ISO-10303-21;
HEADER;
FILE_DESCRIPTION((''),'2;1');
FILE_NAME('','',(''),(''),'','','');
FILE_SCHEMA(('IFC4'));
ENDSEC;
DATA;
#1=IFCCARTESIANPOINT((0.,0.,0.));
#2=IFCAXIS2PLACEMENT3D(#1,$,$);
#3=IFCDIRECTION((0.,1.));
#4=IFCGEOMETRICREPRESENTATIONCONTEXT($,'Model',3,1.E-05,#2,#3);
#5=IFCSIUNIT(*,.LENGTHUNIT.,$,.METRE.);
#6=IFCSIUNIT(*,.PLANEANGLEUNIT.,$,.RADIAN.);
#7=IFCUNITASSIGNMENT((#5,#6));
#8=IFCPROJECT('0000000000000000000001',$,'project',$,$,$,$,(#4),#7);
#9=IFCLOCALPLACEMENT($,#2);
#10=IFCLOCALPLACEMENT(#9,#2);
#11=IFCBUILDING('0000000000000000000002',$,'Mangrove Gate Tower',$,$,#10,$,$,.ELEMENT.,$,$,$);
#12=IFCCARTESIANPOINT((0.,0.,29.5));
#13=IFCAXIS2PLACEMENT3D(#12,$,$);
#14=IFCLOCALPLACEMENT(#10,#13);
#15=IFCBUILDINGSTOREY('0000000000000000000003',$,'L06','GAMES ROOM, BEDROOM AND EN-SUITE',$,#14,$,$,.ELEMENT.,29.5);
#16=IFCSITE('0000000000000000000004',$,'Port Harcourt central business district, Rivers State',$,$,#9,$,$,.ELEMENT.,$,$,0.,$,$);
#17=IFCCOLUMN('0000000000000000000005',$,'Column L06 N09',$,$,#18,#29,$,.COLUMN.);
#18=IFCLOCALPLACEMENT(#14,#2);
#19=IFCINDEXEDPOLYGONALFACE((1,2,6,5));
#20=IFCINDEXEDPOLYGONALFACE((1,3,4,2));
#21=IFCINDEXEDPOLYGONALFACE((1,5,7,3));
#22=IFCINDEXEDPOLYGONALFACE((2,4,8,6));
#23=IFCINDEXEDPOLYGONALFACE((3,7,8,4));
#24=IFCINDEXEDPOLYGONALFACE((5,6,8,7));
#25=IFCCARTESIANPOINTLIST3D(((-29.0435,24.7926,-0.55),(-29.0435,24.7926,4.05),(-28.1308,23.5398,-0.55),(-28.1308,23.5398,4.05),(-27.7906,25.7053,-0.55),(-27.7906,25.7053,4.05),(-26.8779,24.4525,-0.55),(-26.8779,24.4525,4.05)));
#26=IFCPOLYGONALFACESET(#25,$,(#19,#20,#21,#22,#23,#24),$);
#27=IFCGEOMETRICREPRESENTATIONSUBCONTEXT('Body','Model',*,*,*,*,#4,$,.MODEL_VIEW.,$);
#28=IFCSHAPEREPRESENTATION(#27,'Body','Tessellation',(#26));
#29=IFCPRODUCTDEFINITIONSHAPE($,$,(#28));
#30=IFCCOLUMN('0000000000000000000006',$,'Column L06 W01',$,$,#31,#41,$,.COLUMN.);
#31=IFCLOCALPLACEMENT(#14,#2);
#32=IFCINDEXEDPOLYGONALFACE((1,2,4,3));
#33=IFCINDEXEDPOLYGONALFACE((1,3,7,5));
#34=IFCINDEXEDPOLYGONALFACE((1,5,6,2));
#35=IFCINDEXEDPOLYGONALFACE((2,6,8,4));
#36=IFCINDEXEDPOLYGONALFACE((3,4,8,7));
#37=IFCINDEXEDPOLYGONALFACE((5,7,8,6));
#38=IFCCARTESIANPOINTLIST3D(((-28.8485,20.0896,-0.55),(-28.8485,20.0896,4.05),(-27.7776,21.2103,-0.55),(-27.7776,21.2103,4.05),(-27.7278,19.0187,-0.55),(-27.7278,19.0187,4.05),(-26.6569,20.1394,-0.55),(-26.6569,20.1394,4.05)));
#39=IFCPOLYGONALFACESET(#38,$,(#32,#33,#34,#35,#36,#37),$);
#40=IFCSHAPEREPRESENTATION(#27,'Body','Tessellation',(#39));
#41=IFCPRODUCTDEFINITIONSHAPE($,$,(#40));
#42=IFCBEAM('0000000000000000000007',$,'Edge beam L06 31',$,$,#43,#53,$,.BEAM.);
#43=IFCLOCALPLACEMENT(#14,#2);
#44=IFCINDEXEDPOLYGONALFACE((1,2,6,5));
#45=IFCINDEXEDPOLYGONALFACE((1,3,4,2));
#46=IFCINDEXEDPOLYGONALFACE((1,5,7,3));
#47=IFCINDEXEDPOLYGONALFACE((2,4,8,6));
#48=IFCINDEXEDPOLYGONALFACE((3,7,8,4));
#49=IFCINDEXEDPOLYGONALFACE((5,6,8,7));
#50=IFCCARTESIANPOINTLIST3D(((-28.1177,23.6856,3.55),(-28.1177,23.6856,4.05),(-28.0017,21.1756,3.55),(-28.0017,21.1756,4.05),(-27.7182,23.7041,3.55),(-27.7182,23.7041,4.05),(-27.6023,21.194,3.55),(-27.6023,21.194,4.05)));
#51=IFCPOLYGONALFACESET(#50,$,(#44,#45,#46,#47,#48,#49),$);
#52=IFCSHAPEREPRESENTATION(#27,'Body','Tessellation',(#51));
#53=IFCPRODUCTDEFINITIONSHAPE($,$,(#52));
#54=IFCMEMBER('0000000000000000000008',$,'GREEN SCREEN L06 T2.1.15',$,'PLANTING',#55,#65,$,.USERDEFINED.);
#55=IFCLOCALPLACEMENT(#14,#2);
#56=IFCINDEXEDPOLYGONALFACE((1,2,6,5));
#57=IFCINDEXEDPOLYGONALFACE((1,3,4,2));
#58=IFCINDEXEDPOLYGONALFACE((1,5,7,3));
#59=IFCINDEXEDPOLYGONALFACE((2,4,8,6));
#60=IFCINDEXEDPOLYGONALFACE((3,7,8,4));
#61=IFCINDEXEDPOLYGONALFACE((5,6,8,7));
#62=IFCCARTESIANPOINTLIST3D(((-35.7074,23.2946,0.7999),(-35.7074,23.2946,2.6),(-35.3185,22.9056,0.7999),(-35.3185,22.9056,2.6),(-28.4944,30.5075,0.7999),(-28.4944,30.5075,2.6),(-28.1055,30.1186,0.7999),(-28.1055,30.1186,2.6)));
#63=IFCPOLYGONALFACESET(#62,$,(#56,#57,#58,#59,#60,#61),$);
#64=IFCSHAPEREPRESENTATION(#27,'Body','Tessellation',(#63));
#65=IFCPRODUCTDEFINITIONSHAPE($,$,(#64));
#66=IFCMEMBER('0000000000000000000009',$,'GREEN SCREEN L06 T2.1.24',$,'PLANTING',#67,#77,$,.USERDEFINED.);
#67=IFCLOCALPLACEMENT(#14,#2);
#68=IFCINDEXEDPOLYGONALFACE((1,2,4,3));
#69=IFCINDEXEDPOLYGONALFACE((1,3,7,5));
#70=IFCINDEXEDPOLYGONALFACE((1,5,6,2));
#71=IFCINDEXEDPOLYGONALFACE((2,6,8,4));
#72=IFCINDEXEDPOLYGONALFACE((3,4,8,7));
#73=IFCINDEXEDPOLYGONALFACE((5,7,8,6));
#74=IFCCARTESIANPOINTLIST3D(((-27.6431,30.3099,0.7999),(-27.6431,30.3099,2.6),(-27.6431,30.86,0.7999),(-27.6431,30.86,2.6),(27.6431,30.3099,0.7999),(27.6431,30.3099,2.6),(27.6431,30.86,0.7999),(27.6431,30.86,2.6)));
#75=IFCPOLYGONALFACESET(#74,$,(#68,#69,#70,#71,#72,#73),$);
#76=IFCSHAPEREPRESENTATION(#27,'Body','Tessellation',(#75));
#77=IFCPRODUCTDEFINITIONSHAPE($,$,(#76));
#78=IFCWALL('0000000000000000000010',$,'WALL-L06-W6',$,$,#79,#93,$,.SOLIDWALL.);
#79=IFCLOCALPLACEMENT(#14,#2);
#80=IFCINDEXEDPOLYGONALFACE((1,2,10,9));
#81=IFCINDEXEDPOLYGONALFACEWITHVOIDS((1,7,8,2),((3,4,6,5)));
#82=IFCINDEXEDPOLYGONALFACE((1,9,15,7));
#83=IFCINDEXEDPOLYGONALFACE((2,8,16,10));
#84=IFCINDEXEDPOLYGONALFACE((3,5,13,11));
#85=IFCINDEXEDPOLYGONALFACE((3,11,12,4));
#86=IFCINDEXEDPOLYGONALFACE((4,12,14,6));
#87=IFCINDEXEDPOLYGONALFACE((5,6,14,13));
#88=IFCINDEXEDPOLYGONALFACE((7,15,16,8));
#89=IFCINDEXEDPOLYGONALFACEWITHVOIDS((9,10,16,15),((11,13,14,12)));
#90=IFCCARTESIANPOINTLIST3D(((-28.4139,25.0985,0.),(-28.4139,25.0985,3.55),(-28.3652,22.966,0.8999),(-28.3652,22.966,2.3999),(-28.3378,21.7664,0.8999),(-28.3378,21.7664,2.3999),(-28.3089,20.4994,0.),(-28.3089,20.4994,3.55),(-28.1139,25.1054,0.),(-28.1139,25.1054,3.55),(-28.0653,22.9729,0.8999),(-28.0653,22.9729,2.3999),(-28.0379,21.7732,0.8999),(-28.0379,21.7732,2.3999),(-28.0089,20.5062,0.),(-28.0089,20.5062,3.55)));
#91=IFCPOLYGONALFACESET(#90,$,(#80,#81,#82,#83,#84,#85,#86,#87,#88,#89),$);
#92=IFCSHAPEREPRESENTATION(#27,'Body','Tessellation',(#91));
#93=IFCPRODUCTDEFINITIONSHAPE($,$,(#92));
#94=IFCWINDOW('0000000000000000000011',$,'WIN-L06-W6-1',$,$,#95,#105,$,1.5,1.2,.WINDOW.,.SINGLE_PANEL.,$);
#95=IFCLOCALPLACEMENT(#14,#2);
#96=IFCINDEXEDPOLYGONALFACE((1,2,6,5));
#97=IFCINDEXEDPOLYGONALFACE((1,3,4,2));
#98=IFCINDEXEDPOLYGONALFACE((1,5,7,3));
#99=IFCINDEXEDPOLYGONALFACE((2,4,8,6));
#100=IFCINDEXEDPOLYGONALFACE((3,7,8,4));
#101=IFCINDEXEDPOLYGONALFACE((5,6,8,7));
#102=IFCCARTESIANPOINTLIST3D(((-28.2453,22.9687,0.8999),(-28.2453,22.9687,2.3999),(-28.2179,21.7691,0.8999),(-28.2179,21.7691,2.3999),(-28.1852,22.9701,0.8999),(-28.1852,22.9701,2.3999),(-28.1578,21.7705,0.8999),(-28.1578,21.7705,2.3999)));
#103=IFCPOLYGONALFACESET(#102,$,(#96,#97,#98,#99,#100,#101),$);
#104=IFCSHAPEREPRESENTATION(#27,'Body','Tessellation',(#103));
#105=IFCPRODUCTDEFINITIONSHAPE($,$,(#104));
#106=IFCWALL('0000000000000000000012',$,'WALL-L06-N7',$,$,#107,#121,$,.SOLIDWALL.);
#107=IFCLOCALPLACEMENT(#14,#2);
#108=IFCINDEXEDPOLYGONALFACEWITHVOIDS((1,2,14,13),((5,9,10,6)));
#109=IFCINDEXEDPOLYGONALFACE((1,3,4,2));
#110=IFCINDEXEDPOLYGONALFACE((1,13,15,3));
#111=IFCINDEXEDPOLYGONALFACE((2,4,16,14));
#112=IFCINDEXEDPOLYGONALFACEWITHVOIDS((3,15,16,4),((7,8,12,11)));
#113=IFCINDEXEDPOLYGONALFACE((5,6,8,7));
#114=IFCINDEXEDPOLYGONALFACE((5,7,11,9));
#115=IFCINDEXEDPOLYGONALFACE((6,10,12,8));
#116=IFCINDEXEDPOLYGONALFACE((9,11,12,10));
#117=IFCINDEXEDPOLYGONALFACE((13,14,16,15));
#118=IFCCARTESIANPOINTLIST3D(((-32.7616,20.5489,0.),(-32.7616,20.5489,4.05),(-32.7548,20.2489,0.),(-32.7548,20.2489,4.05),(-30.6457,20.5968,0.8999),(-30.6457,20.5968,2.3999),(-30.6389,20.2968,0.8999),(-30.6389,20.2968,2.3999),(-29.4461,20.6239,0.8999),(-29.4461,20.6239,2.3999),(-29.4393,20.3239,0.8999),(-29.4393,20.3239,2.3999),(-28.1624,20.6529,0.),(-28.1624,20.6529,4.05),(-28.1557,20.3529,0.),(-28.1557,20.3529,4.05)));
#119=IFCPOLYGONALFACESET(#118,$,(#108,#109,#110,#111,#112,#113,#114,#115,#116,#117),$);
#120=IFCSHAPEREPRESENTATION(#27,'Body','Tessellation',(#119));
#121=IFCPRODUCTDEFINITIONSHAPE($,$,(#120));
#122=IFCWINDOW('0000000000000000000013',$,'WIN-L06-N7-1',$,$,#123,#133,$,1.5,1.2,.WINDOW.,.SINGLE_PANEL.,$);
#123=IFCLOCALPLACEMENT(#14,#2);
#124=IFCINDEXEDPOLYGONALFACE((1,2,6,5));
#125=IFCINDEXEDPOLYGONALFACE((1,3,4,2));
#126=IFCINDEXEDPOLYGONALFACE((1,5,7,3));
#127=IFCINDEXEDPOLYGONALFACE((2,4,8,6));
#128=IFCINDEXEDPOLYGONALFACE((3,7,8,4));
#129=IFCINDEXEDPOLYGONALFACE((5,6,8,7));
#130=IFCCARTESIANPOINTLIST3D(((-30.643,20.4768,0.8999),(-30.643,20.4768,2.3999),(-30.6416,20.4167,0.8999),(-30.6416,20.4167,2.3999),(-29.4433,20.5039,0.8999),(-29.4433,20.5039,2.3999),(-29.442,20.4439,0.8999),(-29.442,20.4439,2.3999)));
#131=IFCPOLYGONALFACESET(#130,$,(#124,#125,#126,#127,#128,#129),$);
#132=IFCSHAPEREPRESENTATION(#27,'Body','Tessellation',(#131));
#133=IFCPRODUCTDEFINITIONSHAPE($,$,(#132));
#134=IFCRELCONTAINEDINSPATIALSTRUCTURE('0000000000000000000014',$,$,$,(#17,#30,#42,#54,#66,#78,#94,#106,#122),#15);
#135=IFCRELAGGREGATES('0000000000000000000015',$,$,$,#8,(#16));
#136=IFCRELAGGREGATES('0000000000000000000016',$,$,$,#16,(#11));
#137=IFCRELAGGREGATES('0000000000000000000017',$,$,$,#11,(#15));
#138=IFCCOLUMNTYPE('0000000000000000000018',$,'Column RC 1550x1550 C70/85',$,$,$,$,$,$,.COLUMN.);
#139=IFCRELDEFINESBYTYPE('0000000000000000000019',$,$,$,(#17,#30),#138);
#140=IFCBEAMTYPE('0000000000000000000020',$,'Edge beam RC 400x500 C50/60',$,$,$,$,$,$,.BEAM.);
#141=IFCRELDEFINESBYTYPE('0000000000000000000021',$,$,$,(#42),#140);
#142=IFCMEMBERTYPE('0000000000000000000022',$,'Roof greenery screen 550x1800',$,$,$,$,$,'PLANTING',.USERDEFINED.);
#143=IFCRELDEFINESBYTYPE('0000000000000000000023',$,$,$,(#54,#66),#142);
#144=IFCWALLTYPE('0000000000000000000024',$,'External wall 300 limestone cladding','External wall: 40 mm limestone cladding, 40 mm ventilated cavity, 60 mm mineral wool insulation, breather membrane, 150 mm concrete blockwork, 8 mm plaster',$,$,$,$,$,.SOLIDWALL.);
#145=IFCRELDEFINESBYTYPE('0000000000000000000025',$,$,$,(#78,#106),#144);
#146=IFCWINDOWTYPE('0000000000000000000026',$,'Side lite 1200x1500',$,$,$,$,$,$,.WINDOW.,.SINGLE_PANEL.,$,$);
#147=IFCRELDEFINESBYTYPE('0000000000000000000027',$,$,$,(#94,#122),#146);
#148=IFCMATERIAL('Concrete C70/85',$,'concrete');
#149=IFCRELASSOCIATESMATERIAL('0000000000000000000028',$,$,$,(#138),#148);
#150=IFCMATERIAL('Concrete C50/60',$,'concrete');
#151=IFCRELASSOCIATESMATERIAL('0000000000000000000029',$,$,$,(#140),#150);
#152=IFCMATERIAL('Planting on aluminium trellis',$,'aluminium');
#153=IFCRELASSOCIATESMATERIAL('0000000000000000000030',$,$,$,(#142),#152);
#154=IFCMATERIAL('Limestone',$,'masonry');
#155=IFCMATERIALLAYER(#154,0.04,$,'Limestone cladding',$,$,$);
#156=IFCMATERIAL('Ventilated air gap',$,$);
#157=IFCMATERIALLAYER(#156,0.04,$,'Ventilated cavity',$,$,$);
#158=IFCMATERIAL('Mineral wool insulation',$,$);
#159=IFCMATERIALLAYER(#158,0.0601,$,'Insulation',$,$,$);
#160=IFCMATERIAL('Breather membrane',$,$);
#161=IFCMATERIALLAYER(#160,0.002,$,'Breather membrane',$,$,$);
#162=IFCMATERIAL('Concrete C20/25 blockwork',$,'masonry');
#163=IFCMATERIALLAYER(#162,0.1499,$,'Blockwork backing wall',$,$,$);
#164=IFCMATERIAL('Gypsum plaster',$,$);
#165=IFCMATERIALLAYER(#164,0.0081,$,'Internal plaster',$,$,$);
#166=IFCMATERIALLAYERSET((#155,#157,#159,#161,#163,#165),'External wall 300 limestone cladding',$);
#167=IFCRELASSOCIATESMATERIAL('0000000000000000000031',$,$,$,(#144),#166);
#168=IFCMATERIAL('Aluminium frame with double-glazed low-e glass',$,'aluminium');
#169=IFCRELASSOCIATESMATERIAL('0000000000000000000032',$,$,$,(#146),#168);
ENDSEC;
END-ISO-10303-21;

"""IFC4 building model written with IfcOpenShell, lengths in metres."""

from ifc_helpers import new_model, si_unit, direction, frame, frame_2d, origin, origin_2d, place, context, subcontext, project, spatial, rectangle, extrude, material, layer, layer_set, material_profile, profile_set, type_object, element, fill, save


model = new_model("IFC4")

# Units and contexts
model_context = context("Model", 3, precision=1e-05, world=origin(), true_north=direction((0.0, 1.0)))
body_context = subcontext(model_context, "Body", "Model", "MODEL_VIEW")
ifc_project = project(units=[si_unit("LENGTHUNIT", "METRE"), si_unit("PLANEANGLEUNIT", "RADIAN")], contexts=[model_context])

# Site, building, storey
site_placement = place(None, origin())
site = spatial("IfcSite", under=ifc_project, at=site_placement, Name="Port Harcourt central business district, Rivers State", CompositionType="ELEMENT", RefElevation=0.0)
building_placement = place(site_placement, origin())
building = spatial("IfcBuilding", under=site, at=building_placement, Name="Mangrove Gate Tower", CompositionType="ELEMENT")
storey_placement = place(building_placement, frame((0.0, 0.0, 29.5)))
storey = spatial("IfcBuildingStorey", under=building, at=storey_placement, Name="L06", Description="GAMES ROOM, BEDROOM AND EN-SUITE", CompositionType="ELEMENT", Elevation=29.5)

# Columns
ifc_material_1 = material(Name="Concrete C70/85", Category="concrete")
ifc_material_profile_1 = material_profile(ifc_material_1, rectangle(XDim=1.55, YDim=1.55, at=origin_2d()))
ifc_profile_set_1 = profile_set([ifc_material_profile_1], Name="Concrete C70/85")
column_type = type_object("IfcColumnType", Name="Column RC 1550x1550 C70/85", PredefinedType="COLUMN", material=ifc_profile_set_1)
for number, where, z_axis, x_axis, name in (
    (1, (-27.9607, 24.6226, -0.55), (0.0, 0.0, 1.0), (-0.808269, -0.588813, 0.0), "Column L06 N09"),
    (2, (-27.7527, 20.1145, -0.55), (0.0, 0.0, 1.0), (-0.690863, -0.722986, 0.0), "Column L06 W01"),
):
    element("IfcColumn", number, at=place(storey_placement, frame(where, z_axis=z_axis, x_axis=x_axis)), inside=storey, type_object=column_type, Name=name, PredefinedType="COLUMN", context=body_context, shape_type="SweptSolid", body=[
        extrude(rectangle(XDim=1.55, YDim=1.55, at=origin_2d()), origin(), (0.0, 0.0, 1.0), 4.6001),
    ])

# Beam
ifc_material_2 = material(Name="Concrete C50/60", Category="concrete")
ifc_material_profile_2 = material_profile(ifc_material_2, rectangle(XDim=0.3999, YDim=0.5, at=origin_2d()))
ifc_profile_set_2 = profile_set([ifc_material_profile_2], Name="Concrete C50/60")
beam_type = type_object("IfcBeamType", Name="Edge beam RC 400x500 C50/60", PredefinedType="BEAM", material=ifc_profile_set_2)
beam_placement = place(storey_placement, frame((-27.918, 23.6948, 3.8), z_axis=(0.046152, -0.998934, 0.0), x_axis=(0.998934, 0.046152, 0.0)))
element("IfcBeam", 3, at=beam_placement, inside=storey, type_object=beam_type, Name="Edge beam L06 31", PredefinedType="BEAM", context=body_context, shape_type="SweptSolid", body=[
    extrude(rectangle(XDim=0.3999, YDim=0.5, at=origin_2d()), origin(), (0.0, 0.0, 1.0), 2.5127),
])

# Members
ifc_material_3 = material(Name="Planting on aluminium trellis", Category="aluminium")
ifc_material_profile_3 = material_profile(ifc_material_3, rectangle(XDim=0.55, YDim=1.8, at=origin_2d()))
ifc_profile_set_3 = profile_set([ifc_material_profile_3], Name="Planting on aluminium trellis")
member_type = type_object("IfcMemberType", Name="Roof greenery screen 550x1800", ElementType="PLANTING", PredefinedType="USERDEFINED", material=ifc_profile_set_3)
member_1_placement = place(storey_placement, frame((-35.5129, 23.1001, 1.7), z_axis=(0.707107, 0.707107, 0.0), x_axis=(-0.707107, 0.707107, 0.0)))
element("IfcMember", 4, at=member_1_placement, inside=storey, type_object=member_type, Name="GREEN SCREEN L06 T2.1.15", ObjectType="PLANTING", PredefinedType="USERDEFINED", context=body_context, shape_type="SweptSolid", body=[
    extrude(rectangle(XDim=0.55, YDim=1.8, at=origin_2d()), origin(), (0.0, 0.0, 1.0), 10.2007),
])
member_2_placement = place(storey_placement, frame((-27.6431, 30.585, 1.7), z_axis=(1.0, 0.0, 0.0), x_axis=(0.0, 1.0, 0.0)))
element("IfcMember", 5, at=member_2_placement, inside=storey, type_object=member_type, Name="GREEN SCREEN L06 T2.1.24", ObjectType="PLANTING", PredefinedType="USERDEFINED", context=body_context, shape_type="SweptSolid", body=[
    extrude(rectangle(XDim=0.55, YDim=1.8, at=origin_2d()), origin(), (0.0, 0.0, 1.0), 55.2861),
])

# Walls, openings, windows
ifc_material_4 = material(Name="Limestone", Category="masonry")
ifc_layer_1 = layer(ifc_material_4, 0.04, Name="Limestone cladding")
ifc_material_5 = material(Name="Ventilated air gap")
ifc_layer_2 = layer(ifc_material_5, 0.04, Name="Ventilated cavity")
ifc_material_6 = material(Name="Mineral wool insulation")
ifc_layer_3 = layer(ifc_material_6, 0.0601, Name="Insulation")
ifc_material_7 = material(Name="Breather membrane")
ifc_layer_4 = layer(ifc_material_7, 0.002, Name="Breather membrane")
ifc_material_8 = material(Name="Concrete C20/25 blockwork", Category="masonry")
ifc_layer_5 = layer(ifc_material_8, 0.1499, Name="Blockwork backing wall")
ifc_material_9 = material(Name="Gypsum plaster")
ifc_layer_6 = layer(ifc_material_9, 0.0081, Name="Internal plaster")
ifc_layer_set_1 = layer_set([ifc_layer_1, ifc_layer_2, ifc_layer_3, ifc_layer_4, ifc_layer_5, ifc_layer_6], Name="External wall 300 limestone cladding")
wall_type_1 = type_object("IfcWallType", Name="External wall 300 limestone cladding", Description="External wall: 40 mm limestone cladding, 40 mm ventilated cavity, 60 mm mineral wool insulation, breather membrane, 150 mm concrete blockwork, 8 mm plaster", PredefinedType="SOLIDWALL", material=ifc_layer_set_1)
wall_1_placement = place(storey_placement, frame((-28.2639, 25.1021, 0.0), z_axis=(0.0, 0.0, 1.0), x_axis=(0.02282, -0.99974, 0.0)))
wall_1 = element("IfcWall", 6, at=wall_1_placement, inside=storey, type_object=wall_type_1, Name="WALL-L06-W6", PredefinedType="SOLIDWALL", context=body_context, shape_type="SweptSolid", body=[
    extrude(rectangle(XDim=4.6003, YDim=0.3, at=frame_2d((2.3003, 0.0))), origin(), (0.0, 0.0, 1.0), 3.55),
])
opening_1_placement = place(wall_1_placement, frame((2.1331, 0.0, 0.8999)))
opening_1 = element("IfcOpeningElement", 7, at=opening_1_placement, cuts=wall_1, PredefinedType="OPENING", context=body_context, shape_type="SweptSolid", body=[
    extrude(rectangle(XDim=1.2, YDim=1.5, at=frame_2d((0.6001, 0.75))), frame((0.0, 0.1599, 0.0), z_axis=(0.0, -1.0, 0.0), x_axis=(1.0, 0.0, 0.0)), (0.0, 0.0, 1.0), 0.3201),
])
ifc_material_10 = material(Name="Aluminium frame with double-glazed low-e glass", Category="aluminium")
window_type_1 = type_object("IfcWindowType", Name="Side lite 1200x1500", PartitioningType="SINGLE_PANEL", PredefinedType="WINDOW", material=ifc_material_10)
window_1_placement = place(opening_1_placement, origin())
window_1 = element("IfcWindow", 8, at=window_1_placement, inside=storey, type_object=window_type_1, Name="WIN-L06-W6-1", OverallHeight=1.5, OverallWidth=1.2, PartitioningType="SINGLE_PANEL", PredefinedType="WINDOW", context=body_context, shape_type="SweptSolid", body=[
    extrude(rectangle(XDim=1.2, YDim=1.5, at=frame_2d((0.6001, 0.75))), frame((0.0, 0.03, 0.0), z_axis=(0.0, -1.0, 0.0), x_axis=(1.0, 0.0, 0.0)), (0.0, 0.0, 1.0), 0.0601),
])
fill(opening_1, window_1)
wall_2_placement = place(storey_placement, frame((-28.1589, 20.5029, 0.0), z_axis=(0.0, 0.0, 1.0), x_axis=(-0.999744, -0.022608, 0.0)))
wall_2 = element("IfcWall", 9, at=wall_2_placement, inside=storey, type_object=wall_type_1, Name="WALL-L06-N7", PredefinedType="SOLIDWALL", context=body_context, shape_type="SweptSolid", body=[
    extrude(rectangle(XDim=4.6003, YDim=0.3, at=frame_2d((2.3003, 0.0))), origin(), (0.0, 0.0, 1.0), 4.05),
])
opening_2_placement = place(wall_2_placement, frame((1.2839, 0.0, 0.8999)))
opening_2 = element("IfcOpeningElement", 10, at=opening_2_placement, cuts=wall_2, PredefinedType="OPENING", context=body_context, shape_type="SweptSolid", body=[
    extrude(rectangle(XDim=1.2, YDim=1.5, at=frame_2d((0.6001, 0.75))), frame((0.0, 0.1599, 0.0), z_axis=(0.0, -1.0, 0.0), x_axis=(1.0, 0.0, 0.0)), (0.0, 0.0, 1.0), 0.3201),
])
window_2_placement = place(opening_2_placement, origin())
window_2 = element("IfcWindow", 11, at=window_2_placement, inside=storey, type_object=window_type_1, Name="WIN-L06-N7-1", OverallHeight=1.5, OverallWidth=1.2, PartitioningType="SINGLE_PANEL", PredefinedType="WINDOW", context=body_context, shape_type="SweptSolid", body=[
    extrude(rectangle(XDim=1.2, YDim=1.5, at=frame_2d((0.6001, 0.75))), frame((0.0, 0.03, 0.0), z_axis=(0.0, -1.0, 0.0), x_axis=(1.0, 0.0, 0.0)), (0.0, 0.0, 1.0), 0.0601),
])
fill(opening_2, window_2)

save(model, "model.ifc")
